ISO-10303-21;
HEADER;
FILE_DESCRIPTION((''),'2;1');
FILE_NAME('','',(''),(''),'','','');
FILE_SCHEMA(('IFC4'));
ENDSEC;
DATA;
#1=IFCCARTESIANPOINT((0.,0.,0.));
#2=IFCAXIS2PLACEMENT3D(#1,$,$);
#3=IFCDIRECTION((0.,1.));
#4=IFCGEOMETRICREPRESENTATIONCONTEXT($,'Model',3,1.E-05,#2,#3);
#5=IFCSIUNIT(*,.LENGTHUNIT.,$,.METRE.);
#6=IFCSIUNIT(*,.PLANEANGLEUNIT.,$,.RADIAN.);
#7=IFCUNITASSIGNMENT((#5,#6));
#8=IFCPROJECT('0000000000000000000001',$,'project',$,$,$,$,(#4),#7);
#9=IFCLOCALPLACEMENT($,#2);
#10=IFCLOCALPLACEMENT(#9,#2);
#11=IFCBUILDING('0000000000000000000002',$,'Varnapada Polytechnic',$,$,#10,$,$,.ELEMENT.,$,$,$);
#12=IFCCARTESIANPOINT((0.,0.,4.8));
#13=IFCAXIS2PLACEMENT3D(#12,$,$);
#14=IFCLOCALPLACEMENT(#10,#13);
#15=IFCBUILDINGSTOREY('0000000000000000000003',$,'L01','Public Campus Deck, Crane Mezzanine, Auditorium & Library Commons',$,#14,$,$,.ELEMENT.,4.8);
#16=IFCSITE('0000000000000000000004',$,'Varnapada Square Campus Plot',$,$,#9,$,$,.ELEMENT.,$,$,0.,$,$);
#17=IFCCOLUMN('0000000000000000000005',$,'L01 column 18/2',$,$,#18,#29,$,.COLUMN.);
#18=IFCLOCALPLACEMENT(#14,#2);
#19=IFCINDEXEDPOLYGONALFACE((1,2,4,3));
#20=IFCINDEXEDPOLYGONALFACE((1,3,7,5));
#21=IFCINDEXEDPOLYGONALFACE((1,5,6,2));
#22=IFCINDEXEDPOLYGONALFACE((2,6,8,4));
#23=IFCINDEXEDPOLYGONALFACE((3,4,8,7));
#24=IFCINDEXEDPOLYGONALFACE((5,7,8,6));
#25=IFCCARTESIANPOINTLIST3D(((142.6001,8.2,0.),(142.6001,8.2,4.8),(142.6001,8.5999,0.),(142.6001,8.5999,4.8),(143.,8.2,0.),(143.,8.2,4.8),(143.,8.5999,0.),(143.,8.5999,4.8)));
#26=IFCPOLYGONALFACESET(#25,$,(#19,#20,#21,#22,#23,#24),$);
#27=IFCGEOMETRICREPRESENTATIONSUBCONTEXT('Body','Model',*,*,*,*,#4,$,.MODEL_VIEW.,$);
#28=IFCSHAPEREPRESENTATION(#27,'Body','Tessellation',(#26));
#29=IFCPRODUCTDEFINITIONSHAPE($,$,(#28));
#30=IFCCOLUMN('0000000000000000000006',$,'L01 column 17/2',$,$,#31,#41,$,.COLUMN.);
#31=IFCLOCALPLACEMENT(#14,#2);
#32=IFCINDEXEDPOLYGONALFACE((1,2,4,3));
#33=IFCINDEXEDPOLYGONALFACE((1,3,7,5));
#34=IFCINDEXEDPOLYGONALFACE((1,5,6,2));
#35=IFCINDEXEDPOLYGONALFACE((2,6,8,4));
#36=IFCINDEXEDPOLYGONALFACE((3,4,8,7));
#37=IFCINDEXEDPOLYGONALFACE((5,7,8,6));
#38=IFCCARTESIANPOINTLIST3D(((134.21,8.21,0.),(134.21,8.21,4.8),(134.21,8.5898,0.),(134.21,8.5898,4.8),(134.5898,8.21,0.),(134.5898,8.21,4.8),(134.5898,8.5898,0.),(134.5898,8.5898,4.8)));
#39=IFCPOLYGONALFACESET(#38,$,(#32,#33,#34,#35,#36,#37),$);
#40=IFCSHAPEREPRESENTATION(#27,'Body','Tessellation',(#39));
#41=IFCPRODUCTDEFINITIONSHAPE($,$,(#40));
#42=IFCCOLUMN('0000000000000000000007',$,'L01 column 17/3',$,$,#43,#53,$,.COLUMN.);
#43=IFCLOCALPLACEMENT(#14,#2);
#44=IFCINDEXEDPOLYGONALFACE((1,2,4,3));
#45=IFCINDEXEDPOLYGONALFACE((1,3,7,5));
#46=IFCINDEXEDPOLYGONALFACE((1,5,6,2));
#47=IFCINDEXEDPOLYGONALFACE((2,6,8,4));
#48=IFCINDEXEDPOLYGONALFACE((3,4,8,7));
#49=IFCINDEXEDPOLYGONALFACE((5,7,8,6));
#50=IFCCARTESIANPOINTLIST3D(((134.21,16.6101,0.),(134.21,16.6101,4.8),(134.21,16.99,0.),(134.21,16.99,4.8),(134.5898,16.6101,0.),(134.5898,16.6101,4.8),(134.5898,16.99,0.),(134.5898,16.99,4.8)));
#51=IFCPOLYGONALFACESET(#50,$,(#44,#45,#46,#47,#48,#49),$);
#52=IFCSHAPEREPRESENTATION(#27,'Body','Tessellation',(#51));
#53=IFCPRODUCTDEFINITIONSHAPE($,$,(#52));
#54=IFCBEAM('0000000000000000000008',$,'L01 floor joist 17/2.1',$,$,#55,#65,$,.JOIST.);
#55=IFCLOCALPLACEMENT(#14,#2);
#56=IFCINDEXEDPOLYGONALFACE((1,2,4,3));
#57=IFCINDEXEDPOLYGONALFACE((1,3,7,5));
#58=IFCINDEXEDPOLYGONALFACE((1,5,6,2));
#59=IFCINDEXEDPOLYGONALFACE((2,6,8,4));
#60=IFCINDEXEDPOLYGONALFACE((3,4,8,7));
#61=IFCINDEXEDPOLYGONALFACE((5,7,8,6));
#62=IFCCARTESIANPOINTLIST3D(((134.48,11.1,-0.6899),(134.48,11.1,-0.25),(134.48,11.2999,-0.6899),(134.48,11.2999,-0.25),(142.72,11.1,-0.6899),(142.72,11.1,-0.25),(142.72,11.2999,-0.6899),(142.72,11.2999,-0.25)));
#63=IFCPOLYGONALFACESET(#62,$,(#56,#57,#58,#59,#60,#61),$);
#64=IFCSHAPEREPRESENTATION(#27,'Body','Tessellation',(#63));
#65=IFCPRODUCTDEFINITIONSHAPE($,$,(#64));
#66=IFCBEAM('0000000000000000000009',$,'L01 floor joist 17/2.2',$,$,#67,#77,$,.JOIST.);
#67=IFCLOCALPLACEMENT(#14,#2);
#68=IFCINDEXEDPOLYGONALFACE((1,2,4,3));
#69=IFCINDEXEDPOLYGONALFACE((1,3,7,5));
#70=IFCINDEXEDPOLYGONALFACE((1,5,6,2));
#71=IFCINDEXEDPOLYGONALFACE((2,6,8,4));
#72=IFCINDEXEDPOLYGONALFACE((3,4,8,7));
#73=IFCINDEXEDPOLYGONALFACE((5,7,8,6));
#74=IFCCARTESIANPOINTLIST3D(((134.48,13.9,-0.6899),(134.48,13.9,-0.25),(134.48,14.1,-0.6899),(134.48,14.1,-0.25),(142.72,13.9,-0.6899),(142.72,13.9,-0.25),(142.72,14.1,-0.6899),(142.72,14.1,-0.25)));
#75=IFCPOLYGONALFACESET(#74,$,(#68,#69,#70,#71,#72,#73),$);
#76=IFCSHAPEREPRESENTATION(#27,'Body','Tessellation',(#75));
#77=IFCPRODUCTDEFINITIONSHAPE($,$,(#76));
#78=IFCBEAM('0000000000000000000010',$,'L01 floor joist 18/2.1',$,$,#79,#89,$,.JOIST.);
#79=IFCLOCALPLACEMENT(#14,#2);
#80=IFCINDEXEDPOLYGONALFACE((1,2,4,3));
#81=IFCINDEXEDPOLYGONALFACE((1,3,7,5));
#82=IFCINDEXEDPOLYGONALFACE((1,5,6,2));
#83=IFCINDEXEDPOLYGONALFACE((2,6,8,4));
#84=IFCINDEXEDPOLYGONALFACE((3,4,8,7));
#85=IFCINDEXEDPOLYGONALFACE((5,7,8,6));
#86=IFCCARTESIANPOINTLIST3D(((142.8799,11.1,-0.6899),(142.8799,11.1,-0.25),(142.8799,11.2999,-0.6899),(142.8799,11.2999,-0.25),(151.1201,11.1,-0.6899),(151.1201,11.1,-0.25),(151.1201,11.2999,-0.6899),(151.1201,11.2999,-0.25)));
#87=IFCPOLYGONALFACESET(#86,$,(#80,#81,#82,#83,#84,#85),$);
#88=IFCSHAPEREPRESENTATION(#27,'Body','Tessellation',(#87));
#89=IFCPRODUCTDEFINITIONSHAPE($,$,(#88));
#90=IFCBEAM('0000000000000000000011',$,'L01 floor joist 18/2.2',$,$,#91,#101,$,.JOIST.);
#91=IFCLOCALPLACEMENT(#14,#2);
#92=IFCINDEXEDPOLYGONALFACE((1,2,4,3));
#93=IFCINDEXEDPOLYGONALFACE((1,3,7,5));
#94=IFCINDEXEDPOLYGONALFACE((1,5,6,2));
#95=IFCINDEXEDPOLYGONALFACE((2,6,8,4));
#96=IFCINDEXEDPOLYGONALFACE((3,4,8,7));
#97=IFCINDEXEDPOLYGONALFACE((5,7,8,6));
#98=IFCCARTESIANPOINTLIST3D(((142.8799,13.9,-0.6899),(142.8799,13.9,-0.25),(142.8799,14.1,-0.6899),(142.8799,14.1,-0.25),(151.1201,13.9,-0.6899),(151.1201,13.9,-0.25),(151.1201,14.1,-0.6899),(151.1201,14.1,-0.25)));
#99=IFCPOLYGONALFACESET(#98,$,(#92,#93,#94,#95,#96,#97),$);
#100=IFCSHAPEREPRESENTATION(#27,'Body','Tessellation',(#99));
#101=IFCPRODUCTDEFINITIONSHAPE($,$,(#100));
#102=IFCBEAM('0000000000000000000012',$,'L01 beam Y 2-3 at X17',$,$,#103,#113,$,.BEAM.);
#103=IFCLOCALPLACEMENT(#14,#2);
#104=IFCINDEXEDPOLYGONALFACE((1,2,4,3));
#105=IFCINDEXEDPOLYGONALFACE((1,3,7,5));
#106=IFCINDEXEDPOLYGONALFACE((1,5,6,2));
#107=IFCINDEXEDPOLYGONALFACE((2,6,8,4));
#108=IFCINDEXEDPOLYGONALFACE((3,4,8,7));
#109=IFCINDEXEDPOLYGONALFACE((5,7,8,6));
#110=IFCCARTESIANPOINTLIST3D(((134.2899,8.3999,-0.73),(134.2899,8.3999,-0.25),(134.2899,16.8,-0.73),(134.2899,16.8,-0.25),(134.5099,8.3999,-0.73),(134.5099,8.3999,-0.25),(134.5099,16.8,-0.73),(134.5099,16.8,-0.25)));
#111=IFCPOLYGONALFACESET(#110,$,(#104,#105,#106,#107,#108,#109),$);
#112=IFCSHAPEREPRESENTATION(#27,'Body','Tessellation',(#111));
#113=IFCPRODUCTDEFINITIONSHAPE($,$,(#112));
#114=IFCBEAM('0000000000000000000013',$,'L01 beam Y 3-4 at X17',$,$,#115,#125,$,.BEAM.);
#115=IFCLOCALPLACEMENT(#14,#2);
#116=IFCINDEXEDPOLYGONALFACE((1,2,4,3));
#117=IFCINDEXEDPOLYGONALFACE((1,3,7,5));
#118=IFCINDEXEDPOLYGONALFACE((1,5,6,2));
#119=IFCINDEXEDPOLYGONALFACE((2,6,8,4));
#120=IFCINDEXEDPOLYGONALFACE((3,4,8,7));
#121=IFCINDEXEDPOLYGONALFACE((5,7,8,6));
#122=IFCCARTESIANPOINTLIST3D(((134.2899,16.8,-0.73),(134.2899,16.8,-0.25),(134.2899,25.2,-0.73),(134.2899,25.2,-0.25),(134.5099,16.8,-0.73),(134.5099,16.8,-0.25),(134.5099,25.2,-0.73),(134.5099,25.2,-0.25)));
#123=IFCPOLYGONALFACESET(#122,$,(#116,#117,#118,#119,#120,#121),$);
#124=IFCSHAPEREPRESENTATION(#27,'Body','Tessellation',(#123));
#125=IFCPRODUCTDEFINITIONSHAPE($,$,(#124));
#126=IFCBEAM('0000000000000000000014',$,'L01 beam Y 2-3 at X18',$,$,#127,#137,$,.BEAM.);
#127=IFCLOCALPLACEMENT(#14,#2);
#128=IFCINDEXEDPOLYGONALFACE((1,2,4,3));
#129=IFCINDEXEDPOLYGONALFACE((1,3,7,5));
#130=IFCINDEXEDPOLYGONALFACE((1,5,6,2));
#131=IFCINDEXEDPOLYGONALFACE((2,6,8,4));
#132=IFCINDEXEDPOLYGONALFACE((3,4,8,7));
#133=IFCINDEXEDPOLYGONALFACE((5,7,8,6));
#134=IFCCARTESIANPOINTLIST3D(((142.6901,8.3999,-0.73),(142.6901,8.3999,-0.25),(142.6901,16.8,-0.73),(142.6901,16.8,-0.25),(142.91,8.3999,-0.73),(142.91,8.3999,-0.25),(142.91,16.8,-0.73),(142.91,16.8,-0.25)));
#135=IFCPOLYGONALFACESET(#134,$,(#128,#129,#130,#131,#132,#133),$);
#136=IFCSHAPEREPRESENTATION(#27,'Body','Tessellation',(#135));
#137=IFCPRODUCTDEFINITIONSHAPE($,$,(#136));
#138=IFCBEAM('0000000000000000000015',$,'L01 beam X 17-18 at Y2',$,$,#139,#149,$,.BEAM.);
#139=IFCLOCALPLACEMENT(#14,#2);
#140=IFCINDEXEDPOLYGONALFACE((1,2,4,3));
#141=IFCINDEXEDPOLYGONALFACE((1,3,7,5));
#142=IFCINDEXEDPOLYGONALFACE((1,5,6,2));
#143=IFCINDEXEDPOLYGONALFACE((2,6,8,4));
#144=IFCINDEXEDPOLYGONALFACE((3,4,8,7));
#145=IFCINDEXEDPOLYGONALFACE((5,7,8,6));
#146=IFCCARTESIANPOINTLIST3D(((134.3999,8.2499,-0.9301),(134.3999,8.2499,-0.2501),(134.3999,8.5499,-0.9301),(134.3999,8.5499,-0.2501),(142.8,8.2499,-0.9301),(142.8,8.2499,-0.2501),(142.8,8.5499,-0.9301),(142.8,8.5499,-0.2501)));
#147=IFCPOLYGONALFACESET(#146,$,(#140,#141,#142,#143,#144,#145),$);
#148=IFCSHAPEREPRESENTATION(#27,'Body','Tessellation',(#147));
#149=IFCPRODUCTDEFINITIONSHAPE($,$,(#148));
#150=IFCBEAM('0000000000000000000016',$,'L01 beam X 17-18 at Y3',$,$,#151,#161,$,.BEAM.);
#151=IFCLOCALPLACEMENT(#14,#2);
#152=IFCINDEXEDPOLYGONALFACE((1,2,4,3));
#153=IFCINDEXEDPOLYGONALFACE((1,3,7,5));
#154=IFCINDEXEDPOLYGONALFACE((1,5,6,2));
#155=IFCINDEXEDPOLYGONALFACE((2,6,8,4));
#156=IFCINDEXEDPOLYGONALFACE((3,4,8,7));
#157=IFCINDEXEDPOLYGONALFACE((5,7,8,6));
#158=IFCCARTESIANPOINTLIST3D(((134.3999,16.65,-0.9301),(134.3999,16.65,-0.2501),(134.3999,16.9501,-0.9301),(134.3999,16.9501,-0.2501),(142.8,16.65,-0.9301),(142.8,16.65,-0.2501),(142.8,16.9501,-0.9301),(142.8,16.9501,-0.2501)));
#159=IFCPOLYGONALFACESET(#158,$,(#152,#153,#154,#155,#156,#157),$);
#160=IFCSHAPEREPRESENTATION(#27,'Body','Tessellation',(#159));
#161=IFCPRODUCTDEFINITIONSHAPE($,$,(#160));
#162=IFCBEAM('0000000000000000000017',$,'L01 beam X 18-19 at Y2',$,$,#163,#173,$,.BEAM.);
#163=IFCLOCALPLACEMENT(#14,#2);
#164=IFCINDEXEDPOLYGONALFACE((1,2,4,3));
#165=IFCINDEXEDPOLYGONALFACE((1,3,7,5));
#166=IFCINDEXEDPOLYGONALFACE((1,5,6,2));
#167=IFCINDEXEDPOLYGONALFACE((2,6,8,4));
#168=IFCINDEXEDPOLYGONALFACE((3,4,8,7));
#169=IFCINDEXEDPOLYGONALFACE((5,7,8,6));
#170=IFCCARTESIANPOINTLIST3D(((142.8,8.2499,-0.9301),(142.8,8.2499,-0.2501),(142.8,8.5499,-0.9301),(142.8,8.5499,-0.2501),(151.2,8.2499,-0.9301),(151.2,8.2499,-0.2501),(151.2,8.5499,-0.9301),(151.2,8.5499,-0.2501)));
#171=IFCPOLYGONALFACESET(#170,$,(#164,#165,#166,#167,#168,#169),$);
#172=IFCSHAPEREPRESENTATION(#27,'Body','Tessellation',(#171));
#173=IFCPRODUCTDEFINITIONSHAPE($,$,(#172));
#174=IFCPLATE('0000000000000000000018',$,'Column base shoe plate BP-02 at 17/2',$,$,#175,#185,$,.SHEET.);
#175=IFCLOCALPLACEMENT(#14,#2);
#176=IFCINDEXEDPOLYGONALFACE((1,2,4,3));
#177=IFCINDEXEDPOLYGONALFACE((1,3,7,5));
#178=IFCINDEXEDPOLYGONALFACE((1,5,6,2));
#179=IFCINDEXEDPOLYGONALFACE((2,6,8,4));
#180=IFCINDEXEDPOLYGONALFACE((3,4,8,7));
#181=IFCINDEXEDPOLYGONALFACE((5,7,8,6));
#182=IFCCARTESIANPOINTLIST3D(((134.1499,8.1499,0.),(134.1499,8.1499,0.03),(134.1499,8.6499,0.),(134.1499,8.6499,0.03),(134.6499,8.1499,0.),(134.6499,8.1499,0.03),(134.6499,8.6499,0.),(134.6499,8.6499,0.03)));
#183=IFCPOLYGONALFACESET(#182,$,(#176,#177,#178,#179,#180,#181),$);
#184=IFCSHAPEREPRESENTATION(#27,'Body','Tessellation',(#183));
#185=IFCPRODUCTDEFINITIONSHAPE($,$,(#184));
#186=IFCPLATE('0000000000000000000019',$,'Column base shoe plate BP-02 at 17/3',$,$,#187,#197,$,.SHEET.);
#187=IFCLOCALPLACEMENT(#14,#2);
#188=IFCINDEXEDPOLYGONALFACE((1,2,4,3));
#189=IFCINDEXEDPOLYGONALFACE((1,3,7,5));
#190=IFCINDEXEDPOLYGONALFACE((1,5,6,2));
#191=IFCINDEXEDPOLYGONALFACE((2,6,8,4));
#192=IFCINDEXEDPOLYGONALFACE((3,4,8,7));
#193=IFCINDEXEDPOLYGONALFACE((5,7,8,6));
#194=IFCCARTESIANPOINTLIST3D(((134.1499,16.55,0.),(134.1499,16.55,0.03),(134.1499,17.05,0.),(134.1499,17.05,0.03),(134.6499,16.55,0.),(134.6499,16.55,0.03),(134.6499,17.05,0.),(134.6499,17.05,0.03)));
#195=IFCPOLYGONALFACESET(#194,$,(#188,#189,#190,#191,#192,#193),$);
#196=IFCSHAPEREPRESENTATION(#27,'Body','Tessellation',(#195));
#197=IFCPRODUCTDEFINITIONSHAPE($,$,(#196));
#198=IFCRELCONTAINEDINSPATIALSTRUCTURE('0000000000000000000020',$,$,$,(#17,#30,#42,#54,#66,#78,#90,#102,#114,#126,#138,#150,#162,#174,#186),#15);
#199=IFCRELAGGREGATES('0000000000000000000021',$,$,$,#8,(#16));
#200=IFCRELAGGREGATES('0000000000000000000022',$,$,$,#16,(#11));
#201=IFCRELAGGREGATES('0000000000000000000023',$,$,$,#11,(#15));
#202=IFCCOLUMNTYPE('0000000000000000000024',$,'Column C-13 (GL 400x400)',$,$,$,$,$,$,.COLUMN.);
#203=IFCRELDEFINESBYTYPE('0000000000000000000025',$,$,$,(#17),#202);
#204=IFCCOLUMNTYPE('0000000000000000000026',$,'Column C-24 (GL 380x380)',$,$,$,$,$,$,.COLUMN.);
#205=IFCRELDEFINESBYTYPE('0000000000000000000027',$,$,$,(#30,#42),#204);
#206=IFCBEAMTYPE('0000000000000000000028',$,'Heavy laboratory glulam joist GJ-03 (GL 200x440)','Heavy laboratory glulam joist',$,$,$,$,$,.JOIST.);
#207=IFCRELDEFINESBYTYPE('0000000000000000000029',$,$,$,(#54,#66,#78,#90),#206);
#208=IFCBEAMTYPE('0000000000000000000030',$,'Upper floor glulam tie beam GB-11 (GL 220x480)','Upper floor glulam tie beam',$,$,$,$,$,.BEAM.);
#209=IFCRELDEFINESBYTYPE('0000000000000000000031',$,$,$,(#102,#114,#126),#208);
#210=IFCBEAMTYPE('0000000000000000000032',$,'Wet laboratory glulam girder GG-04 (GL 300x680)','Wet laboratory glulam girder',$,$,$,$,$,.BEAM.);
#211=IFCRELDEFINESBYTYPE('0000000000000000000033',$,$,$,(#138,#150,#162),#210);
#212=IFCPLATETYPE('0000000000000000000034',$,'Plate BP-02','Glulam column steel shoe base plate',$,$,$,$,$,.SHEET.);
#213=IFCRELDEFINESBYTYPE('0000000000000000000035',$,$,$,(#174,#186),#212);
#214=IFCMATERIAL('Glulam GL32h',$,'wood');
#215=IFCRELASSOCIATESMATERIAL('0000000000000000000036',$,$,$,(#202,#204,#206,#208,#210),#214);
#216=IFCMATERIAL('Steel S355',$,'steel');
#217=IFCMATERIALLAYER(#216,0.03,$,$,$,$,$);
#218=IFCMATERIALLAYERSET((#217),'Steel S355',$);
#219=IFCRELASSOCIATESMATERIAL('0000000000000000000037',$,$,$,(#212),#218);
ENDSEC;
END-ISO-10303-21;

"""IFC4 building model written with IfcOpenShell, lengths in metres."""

from ifc_helpers import new_model, si_unit, direction, frame, origin, origin_2d, place, context, subcontext, project, spatial, rectangle, extrude, material, layer, layer_set, material_profile, profile_set, type_object, element, save


model = new_model("IFC4")

# Units and contexts
model_context = context("Model", 3, precision=1e-05, world=origin(), true_north=direction((0.0, 1.0)))
body_context = subcontext(model_context, "Body", "Model", "MODEL_VIEW")
ifc_project = project(units=[si_unit("LENGTHUNIT", "METRE"), si_unit("PLANEANGLEUNIT", "RADIAN")], contexts=[model_context])

# Site, building, storey
site_placement = place(None, origin())
site = spatial("IfcSite", under=ifc_project, at=site_placement, Name="Varnapada Square Campus Plot", CompositionType="ELEMENT", RefElevation=0.0)
building_placement = place(site_placement, origin())
building = spatial("IfcBuilding", under=site, at=building_placement, Name="Varnapada Polytechnic", CompositionType="ELEMENT")
storey_placement = place(building_placement, frame((0.0, 0.0, 4.8)))
storey = spatial("IfcBuildingStorey", under=building, at=storey_placement, Name="L01", Description="Public Campus Deck, Crane Mezzanine, Auditorium & Library Commons", CompositionType="ELEMENT", Elevation=4.8)

# Columns
ifc_material_1 = material(Name="Glulam GL32h", Category="wood")
ifc_material_profile_1 = material_profile(ifc_material_1, rectangle(XDim=0.3999, YDim=0.3999, at=origin_2d()), Name="GL 400x400")
ifc_profile_set_1 = profile_set([ifc_material_profile_1], Name="Glulam GL32h")
column_type_1 = type_object("IfcColumnType", Name="Column C-13 (GL 400x400)", PredefinedType="COLUMN", material=ifc_profile_set_1)
column_placement = place(storey_placement, frame((142.8, 8.3999, 0.0), z_axis=(0.0, 0.0, 1.0), x_axis=(1.0, 0.0, 0.0)))
element("IfcColumn", 1, at=column_placement, inside=storey, type_object=column_type_1, Name="L01 column 18/2", PredefinedType="COLUMN", context=body_context, shape_type="SweptSolid", body=[
    extrude(rectangle(XDim=0.3999, YDim=0.3999, at=origin_2d()), origin(), (0.0, 0.0, 1.0), 4.8),
])
ifc_material_profile_2 = material_profile(ifc_material_1, rectangle(XDim=0.3799, YDim=0.3799, at=origin_2d()), Name="GL 380x380")
ifc_profile_set_2 = profile_set([ifc_material_profile_2], Name="Glulam GL32h")
column_type_2 = type_object("IfcColumnType", Name="Column C-24 (GL 380x380)", PredefinedType="COLUMN", material=ifc_profile_set_2)
for number, where, z_axis, x_axis, name in (
    (2, (134.3999, 8.3999, 0.0), (0.0, 0.0, 1.0), (1.0, 0.0, 0.0), "L01 column 17/2"),
    (3, (134.3999, 16.8, 0.0), (0.0, 0.0, 1.0), (1.0, 0.0, 0.0), "L01 column 17/3"),
):
    element("IfcColumn", number, at=place(storey_placement, frame(where, z_axis=z_axis, x_axis=x_axis)), inside=storey, type_object=column_type_2, Name=name, PredefinedType="COLUMN", context=body_context, shape_type="SweptSolid", body=[
        extrude(rectangle(XDim=0.3799, YDim=0.3799, at=origin_2d()), origin(), (0.0, 0.0, 1.0), 4.8),
    ])

# Beams
ifc_material_profile_3 = material_profile(ifc_material_1, rectangle(XDim=0.2, YDim=0.4399, at=origin_2d()), Name="GL 200x440")
ifc_profile_set_3 = profile_set([ifc_material_profile_3], Name="Glulam GL32h")
beam_type_1 = type_object("IfcBeamType", Name="Heavy laboratory glulam joist GJ-03 (GL 200x440)", Description="Heavy laboratory glulam joist", PredefinedType="JOIST", material=ifc_profile_set_3)
for number, where, z_axis, x_axis, name in (
    (4, (134.48, 11.2, -0.47), (1.0, 0.0, 0.0), (0.0, 1.0, 0.0), "L01 floor joist 17/2.1"),
    (5, (134.48, 14.0, -0.47), (1.0, 0.0, 0.0), (0.0, 1.0, 0.0), "L01 floor joist 17/2.2"),
):
    element("IfcBeam", number, at=place(storey_placement, frame(where, z_axis=z_axis, x_axis=x_axis)), inside=storey, type_object=beam_type_1, Name=name, PredefinedType="JOIST", context=body_context, shape_type="SweptSolid", body=[
        extrude(rectangle(XDim=0.2, YDim=0.4399, at=origin_2d()), origin(), (0.0, 0.0, 1.0), 8.24),
    ])
for number, where, z_axis, x_axis, name in (
    (6, (142.8799, 11.2, -0.47), (1.0, 0.0, 0.0), (0.0, 1.0, 0.0), "L01 floor joist 18/2.1"),
    (7, (142.8799, 14.0, -0.47), (1.0, 0.0, 0.0), (0.0, 1.0, 0.0), "L01 floor joist 18/2.2"),
):
    element("IfcBeam", number, at=place(storey_placement, frame(where, z_axis=z_axis, x_axis=x_axis)), inside=storey, type_object=beam_type_1, Name=name, PredefinedType="JOIST", context=body_context, shape_type="SweptSolid", body=[
        extrude(rectangle(XDim=0.2, YDim=0.4399, at=origin_2d()), origin(), (0.0, 0.0, 1.0), 8.2402),
    ])
ifc_material_profile_4 = material_profile(ifc_material_1, rectangle(XDim=0.22, YDim=0.48, at=origin_2d()), Name="GL 220x480")
ifc_profile_set_4 = profile_set([ifc_material_profile_4], Name="Glulam GL32h")
beam_type_2 = type_object("IfcBeamType", Name="Upper floor glulam tie beam GB-11 (GL 220x480)", Description="Upper floor glulam tie beam", PredefinedType="BEAM", material=ifc_profile_set_4)
beam_1_placement = place(storey_placement, frame((134.3999, 8.3999, -0.49), z_axis=(0.0, 1.0, 0.0), x_axis=(-1.0, 0.0, 0.0)))
element("IfcBeam", 8, at=beam_1_placement, inside=storey, type_object=beam_type_2, Name="L01 beam Y 2-3 at X17", PredefinedType="BEAM", context=body_context, shape_type="SweptSolid", body=[
    extrude(rectangle(XDim=0.22, YDim=0.48, at=origin_2d()), origin(), (0.0, 0.0, 1.0), 8.4001),
])
beam_2_placement = place(storey_placement, frame((134.3999, 16.8, -0.49), z_axis=(0.0, 1.0, 0.0), x_axis=(-1.0, 0.0, 0.0)))
element("IfcBeam", 9, at=beam_2_placement, inside=storey, type_object=beam_type_2, Name="L01 beam Y 3-4 at X17", PredefinedType="BEAM", context=body_context, shape_type="SweptSolid", body=[
    extrude(rectangle(XDim=0.22, YDim=0.48, at=origin_2d()), origin(), (0.0, 0.0, 1.0), 8.3999),
])
beam_3_placement = place(storey_placement, frame((142.8, 8.3999, -0.49), z_axis=(0.0, 1.0, 0.0), x_axis=(-1.0, 0.0, 0.0)))
element("IfcBeam", 10, at=beam_3_placement, inside=storey, type_object=beam_type_2, Name="L01 beam Y 2-3 at X18", PredefinedType="BEAM", context=body_context, shape_type="SweptSolid", body=[
    extrude(rectangle(XDim=0.22, YDim=0.48, at=origin_2d()), origin(), (0.0, 0.0, 1.0), 8.4001),
])
ifc_material_profile_5 = material_profile(ifc_material_1, rectangle(XDim=0.3, YDim=0.6799, at=origin_2d()), Name="GL 300x680")
ifc_profile_set_5 = profile_set([ifc_material_profile_5], Name="Glulam GL32h")
beam_type_3 = type_object("IfcBeamType", Name="Wet laboratory glulam girder GG-04 (GL 300x680)", Description="Wet laboratory glulam girder", PredefinedType="BEAM", material=ifc_profile_set_5)
for number, where, z_axis, x_axis, name in (
    (11, (134.3999, 8.3999, -0.5901), (1.0, 0.0, 0.0), (0.0, 1.0, 0.0), "L01 beam X 17-18 at Y2"),
    (12, (134.3999, 16.8, -0.5901), (1.0, 0.0, 0.0), (0.0, 1.0, 0.0), "L01 beam X 17-18 at Y3"),
):
    element("IfcBeam", number, at=place(storey_placement, frame(where, z_axis=z_axis, x_axis=x_axis)), inside=storey, type_object=beam_type_3, Name=name, PredefinedType="BEAM", context=body_context, shape_type="SweptSolid", body=[
        extrude(rectangle(XDim=0.3, YDim=0.6799, at=origin_2d()), origin(), (0.0, 0.0, 1.0), 8.4001),
    ])
beam_4_placement = place(storey_placement, frame((142.8, 8.3999, -0.5901), z_axis=(1.0, 0.0, 0.0), x_axis=(0.0, 1.0, 0.0)))
element("IfcBeam", 13, at=beam_4_placement, inside=storey, type_object=beam_type_3, Name="L01 beam X 18-19 at Y2", PredefinedType="BEAM", context=body_context, shape_type="SweptSolid", body=[
    extrude(rectangle(XDim=0.3, YDim=0.6799, at=origin_2d()), origin(), (0.0, 0.0, 1.0), 8.3999),
])

# Plates
ifc_material_2 = material(Name="Steel S355", Category="steel")
ifc_layer_1 = layer(ifc_material_2, 0.03)
ifc_layer_set_1 = layer_set([ifc_layer_1], Name="Steel S355")
plate_type = type_object("IfcPlateType", Name="Plate BP-02", Description="Glulam column steel shoe base plate", PredefinedType="SHEET", material=ifc_layer_set_1)
for number, where, z_axis, x_axis, name in (
    (14, (134.3999, 8.3999, 0.0), (0.0, 0.0, 1.0), (1.0, 0.0, 0.0), "Column base shoe plate BP-02 at 17/2"),
    (15, (134.3999, 16.8, 0.0), (0.0, 0.0, 1.0), (1.0, 0.0, 0.0), "Column base shoe plate BP-02 at 17/3"),
):
    element("IfcPlate", number, at=place(storey_placement, frame(where, z_axis=z_axis, x_axis=x_axis)), inside=storey, type_object=plate_type, Name=name, PredefinedType="SHEET", context=body_context, shape_type="SweptSolid", body=[
        extrude(rectangle(XDim=0.5, YDim=0.5, at=origin_2d()), origin(), (0.0, 0.0, 1.0), 0.03),
    ])

save(model, "model.ifc")
